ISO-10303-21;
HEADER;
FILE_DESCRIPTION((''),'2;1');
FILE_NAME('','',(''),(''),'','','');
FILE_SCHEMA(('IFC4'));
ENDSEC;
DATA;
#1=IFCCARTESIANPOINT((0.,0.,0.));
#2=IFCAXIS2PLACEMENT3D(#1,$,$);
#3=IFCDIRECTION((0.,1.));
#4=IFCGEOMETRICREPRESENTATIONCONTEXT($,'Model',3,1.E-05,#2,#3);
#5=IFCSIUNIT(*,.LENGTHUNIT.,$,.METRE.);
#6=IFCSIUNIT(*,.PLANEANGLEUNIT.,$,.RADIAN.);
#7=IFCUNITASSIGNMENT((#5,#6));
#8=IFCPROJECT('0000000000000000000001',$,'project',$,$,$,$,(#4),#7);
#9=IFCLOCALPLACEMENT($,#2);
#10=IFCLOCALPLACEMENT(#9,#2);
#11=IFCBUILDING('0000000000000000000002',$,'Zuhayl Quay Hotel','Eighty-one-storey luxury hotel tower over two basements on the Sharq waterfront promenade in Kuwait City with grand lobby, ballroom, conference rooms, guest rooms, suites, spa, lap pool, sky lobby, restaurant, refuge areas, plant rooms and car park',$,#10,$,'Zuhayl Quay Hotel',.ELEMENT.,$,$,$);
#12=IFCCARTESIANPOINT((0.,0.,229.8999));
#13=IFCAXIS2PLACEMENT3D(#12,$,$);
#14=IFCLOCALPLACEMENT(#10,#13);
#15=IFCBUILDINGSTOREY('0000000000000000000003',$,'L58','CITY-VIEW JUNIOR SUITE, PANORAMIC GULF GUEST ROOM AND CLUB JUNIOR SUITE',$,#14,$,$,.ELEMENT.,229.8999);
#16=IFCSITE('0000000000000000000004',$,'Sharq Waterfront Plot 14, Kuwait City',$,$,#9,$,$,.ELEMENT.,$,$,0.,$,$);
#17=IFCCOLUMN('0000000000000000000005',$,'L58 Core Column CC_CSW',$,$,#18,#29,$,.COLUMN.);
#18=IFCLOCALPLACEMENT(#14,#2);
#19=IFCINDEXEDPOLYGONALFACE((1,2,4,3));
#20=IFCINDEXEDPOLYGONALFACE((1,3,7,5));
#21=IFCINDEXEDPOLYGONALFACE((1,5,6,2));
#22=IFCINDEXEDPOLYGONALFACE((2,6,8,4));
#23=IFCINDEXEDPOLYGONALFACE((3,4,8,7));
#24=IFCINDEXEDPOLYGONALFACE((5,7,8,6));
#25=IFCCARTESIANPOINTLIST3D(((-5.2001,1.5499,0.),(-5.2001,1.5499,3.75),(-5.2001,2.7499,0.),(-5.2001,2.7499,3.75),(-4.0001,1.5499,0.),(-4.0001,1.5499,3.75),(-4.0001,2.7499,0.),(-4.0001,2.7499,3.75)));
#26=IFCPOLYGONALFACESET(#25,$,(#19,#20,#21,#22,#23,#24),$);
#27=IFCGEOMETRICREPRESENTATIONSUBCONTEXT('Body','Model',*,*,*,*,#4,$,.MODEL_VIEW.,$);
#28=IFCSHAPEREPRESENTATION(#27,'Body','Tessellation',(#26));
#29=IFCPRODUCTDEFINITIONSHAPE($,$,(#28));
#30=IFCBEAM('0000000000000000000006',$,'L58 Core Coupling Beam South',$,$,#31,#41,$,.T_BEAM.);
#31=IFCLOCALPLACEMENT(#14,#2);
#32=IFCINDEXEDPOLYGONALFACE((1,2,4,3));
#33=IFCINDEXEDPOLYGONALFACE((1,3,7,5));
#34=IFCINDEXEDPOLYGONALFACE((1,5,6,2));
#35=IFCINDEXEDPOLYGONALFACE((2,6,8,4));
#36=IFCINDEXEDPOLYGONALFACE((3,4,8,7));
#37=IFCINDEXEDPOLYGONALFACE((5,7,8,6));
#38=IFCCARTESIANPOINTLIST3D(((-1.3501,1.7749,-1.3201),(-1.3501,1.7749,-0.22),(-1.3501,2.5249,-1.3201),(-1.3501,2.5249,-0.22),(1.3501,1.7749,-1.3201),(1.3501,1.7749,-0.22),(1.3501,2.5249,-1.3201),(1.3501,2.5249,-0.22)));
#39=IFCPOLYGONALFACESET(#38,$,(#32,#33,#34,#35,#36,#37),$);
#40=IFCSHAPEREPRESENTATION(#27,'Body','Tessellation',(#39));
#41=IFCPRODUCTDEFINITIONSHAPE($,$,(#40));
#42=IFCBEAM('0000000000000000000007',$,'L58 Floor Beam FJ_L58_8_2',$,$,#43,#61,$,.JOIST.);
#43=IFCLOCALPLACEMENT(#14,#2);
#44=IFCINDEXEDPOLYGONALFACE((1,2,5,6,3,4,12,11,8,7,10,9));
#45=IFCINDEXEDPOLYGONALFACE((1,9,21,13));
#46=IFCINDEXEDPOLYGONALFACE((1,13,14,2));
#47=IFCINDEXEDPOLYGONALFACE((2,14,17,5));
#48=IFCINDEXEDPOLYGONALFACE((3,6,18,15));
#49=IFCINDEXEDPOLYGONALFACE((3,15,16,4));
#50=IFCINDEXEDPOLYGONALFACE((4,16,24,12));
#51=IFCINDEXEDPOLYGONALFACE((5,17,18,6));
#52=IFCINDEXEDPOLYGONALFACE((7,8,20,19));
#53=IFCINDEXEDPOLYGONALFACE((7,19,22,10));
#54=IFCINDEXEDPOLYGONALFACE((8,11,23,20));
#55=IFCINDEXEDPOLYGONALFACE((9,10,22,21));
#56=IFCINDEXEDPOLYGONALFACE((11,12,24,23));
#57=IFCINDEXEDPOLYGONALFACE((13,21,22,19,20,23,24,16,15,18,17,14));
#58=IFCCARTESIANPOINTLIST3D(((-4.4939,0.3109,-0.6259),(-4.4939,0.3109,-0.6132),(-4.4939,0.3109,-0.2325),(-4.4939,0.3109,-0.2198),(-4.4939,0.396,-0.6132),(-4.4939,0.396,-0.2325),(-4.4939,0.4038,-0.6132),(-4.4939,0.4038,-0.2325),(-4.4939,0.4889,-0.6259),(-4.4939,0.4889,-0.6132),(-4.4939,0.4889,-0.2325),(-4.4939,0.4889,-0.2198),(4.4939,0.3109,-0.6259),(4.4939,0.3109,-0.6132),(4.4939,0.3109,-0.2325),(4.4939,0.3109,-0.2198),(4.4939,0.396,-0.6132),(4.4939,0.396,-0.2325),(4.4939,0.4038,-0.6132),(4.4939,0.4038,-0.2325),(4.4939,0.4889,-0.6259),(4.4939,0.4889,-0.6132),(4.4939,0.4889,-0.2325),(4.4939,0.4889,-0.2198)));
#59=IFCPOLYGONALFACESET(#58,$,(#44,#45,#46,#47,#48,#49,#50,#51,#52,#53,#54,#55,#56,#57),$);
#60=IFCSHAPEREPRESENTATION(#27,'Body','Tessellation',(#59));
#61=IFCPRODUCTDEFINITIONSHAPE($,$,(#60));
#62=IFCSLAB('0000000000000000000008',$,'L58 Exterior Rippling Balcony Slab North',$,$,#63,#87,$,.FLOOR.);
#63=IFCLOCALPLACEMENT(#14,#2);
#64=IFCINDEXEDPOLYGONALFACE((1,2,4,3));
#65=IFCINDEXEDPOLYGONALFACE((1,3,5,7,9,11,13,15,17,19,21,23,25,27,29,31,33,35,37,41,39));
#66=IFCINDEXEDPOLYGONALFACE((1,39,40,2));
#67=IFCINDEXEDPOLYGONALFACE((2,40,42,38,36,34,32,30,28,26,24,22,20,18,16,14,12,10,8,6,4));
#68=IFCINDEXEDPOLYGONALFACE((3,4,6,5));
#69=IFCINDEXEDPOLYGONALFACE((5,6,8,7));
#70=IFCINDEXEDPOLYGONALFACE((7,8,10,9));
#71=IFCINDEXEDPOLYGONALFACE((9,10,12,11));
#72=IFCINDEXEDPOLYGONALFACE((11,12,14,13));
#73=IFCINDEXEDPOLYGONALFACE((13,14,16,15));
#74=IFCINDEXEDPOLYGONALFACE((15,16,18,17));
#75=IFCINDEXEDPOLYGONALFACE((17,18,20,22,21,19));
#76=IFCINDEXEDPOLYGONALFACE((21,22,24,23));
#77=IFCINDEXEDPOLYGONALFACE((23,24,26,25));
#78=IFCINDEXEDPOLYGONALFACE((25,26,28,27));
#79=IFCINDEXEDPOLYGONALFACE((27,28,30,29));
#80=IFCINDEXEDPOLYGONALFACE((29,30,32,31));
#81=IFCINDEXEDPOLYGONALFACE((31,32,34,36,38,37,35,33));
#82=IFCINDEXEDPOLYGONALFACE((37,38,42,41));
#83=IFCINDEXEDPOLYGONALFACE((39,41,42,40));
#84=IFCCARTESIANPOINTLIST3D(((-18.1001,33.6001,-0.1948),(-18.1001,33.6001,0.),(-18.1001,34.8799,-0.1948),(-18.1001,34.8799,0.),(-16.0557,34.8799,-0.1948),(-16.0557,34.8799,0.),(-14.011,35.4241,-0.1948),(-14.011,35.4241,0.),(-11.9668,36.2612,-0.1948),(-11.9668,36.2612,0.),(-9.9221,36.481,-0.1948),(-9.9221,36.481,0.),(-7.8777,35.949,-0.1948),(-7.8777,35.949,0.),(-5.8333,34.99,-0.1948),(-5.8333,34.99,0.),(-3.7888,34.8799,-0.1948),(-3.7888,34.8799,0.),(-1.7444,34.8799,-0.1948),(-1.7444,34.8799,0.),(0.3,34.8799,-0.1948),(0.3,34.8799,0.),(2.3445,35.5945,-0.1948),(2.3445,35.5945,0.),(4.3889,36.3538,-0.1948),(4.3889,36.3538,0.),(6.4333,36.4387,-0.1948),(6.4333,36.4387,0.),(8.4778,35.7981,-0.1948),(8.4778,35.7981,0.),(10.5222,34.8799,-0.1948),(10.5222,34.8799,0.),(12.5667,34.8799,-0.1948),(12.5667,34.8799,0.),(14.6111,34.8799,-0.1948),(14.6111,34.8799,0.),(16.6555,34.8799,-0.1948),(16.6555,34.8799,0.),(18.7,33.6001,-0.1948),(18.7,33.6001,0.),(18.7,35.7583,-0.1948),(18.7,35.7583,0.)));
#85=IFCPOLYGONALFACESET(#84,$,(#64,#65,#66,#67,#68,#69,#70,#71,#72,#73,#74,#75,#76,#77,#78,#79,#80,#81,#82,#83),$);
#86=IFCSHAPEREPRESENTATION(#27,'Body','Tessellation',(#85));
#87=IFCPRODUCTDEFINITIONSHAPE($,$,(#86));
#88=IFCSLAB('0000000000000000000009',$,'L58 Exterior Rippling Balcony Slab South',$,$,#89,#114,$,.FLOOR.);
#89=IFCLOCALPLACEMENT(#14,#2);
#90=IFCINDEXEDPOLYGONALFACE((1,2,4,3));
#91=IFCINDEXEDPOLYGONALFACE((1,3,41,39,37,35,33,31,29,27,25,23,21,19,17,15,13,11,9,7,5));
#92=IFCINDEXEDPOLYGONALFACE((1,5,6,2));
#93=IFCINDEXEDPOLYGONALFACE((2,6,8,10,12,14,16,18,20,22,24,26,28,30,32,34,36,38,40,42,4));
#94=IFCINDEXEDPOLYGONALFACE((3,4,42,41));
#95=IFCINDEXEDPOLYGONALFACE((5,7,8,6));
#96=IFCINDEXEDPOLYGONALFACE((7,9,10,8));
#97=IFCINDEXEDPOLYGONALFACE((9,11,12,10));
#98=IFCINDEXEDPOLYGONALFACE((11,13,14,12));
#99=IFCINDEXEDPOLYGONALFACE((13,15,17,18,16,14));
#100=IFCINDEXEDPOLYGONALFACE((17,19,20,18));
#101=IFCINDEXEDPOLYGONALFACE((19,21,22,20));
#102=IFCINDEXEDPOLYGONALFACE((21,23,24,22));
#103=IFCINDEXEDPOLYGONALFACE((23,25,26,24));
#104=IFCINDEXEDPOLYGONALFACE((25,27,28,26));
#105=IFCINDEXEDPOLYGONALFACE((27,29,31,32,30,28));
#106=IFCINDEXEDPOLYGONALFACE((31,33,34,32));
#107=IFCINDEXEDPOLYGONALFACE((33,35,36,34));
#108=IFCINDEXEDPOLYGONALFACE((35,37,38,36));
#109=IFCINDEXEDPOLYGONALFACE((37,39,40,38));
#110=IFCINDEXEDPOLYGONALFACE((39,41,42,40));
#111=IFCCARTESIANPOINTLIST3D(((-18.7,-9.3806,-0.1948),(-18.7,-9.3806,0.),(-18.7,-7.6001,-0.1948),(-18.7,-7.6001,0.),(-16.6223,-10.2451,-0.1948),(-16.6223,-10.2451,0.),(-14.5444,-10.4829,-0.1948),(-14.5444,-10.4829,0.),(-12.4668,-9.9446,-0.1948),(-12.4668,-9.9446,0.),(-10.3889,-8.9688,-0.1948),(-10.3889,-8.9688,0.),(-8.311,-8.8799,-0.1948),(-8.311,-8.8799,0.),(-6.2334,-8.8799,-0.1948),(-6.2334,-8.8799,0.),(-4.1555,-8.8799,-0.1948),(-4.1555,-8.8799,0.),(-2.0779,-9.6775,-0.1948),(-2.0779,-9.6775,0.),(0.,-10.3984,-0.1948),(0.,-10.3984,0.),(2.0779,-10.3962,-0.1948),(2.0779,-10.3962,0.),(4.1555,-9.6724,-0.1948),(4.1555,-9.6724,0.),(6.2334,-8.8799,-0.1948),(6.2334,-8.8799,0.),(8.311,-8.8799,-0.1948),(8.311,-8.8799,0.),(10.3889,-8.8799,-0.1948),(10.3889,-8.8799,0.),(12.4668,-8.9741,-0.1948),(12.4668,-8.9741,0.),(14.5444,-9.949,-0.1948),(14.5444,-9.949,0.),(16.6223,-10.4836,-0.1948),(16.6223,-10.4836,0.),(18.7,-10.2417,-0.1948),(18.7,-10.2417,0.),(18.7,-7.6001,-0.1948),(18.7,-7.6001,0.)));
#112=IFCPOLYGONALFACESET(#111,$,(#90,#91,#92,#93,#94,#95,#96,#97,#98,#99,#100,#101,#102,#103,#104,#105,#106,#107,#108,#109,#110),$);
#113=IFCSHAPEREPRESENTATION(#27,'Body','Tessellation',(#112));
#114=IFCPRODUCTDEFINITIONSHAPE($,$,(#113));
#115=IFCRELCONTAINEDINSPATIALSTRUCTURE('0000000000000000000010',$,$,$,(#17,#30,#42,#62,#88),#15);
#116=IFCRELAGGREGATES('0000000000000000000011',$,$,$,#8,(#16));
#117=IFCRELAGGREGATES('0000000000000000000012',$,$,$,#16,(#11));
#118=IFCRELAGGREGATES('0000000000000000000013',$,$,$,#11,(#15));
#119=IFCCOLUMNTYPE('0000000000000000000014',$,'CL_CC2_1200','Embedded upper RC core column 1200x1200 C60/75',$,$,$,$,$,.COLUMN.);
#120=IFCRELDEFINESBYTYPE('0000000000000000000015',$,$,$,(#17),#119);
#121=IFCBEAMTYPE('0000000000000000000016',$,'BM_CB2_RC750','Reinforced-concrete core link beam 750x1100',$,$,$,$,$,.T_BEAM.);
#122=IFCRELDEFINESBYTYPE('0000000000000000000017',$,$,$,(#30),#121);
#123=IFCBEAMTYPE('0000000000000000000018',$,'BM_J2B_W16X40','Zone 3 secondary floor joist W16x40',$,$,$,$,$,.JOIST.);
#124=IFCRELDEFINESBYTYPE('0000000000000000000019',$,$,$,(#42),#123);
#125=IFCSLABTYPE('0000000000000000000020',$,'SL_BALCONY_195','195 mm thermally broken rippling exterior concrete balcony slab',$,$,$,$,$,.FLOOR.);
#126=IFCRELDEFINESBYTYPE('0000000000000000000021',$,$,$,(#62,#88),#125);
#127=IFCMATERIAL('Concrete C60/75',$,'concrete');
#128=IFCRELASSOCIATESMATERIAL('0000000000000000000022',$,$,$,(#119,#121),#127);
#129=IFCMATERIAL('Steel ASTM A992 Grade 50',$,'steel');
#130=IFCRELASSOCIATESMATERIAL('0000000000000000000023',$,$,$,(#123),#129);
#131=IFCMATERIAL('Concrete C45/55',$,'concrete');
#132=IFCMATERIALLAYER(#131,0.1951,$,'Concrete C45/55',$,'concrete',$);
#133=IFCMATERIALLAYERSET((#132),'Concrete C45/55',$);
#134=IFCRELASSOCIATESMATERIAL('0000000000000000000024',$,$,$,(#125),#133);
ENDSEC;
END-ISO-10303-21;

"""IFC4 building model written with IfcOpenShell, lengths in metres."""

from ifc_helpers import new_model, si_unit, direction, frame, origin, origin_2d, place, context, subcontext, project, spatial, polyline, rectangle, i_section, outline, extrude, material, layer, layer_set, material_profile, profile_set, type_object, element, save


model = new_model("IFC4")

# Units and contexts
model_context = context("Model", 3, precision=1e-05, world=origin(), true_north=direction((0.0, 1.0)))
body_context = subcontext(model_context, "Body", "Model", "MODEL_VIEW")
ifc_project = project(units=[si_unit("LENGTHUNIT", "METRE"), si_unit("PLANEANGLEUNIT", "RADIAN")], contexts=[model_context])

# Site, building, storey
site_placement = place(None, origin())
site = spatial("IfcSite", under=ifc_project, at=site_placement, Name="Sharq Waterfront Plot 14, Kuwait City", CompositionType="ELEMENT", RefElevation=0.0)
building_placement = place(site_placement, origin())
building = spatial("IfcBuilding", under=site, at=building_placement, Name="Zuhayl Quay Hotel", Description="Eighty-one-storey luxury hotel tower over two basements on the Sharq waterfront promenade in Kuwait City with grand lobby, ballroom, conference rooms, guest rooms, suites, spa, lap pool, sky lobby, restaurant, refuge areas, plant rooms and car park", LongName="Zuhayl Quay Hotel", CompositionType="ELEMENT")
storey_placement = place(building_placement, frame((0.0, 0.0, 229.8999)))
storey = spatial("IfcBuildingStorey", under=building, at=storey_placement, Name="L58", Description="CITY-VIEW JUNIOR SUITE, PANORAMIC GULF GUEST ROOM AND CLUB JUNIOR SUITE", CompositionType="ELEMENT", Elevation=229.8999)

# Column
ifc_material_1 = material(Name="Concrete C60/75", Category="concrete")
ifc_material_profile_1 = material_profile(ifc_material_1, rectangle(XDim=1.2, YDim=1.2, at=origin_2d()), Name="RC1200X1200")
ifc_profile_set_1 = profile_set([ifc_material_profile_1], Name="Concrete C60/75")
column_type = type_object("IfcColumnType", Name="CL_CC2_1200", Description="Embedded upper RC core column 1200x1200 C60/75", PredefinedType="COLUMN", material=ifc_profile_set_1)
column_placement = place(storey_placement, frame((-4.6001, 2.1499, 0.0), z_axis=(0.0, 0.0, 1.0), x_axis=(1.0, 0.0, 0.0)))
element("IfcColumn", 1, at=column_placement, inside=storey, type_object=column_type, Name="L58 Core Column CC_CSW", PredefinedType="COLUMN", context=body_context, shape_type="SweptSolid", body=[
    extrude(rectangle(XDim=1.2, YDim=1.2, at=origin_2d()), origin(), (0.0, 0.0, 1.0), 3.75),
])

# Beams
ifc_material_profile_2 = material_profile(ifc_material_1, rectangle(XDim=0.75, YDim=1.1001, at=origin_2d()), Name="RC750X1100")
ifc_profile_set_2 = profile_set([ifc_material_profile_2], Name="Concrete C60/75")
beam_type_1 = type_object("IfcBeamType", Name="BM_CB2_RC750", Description="Reinforced-concrete core link beam 750x1100", PredefinedType="T_BEAM", material=ifc_profile_set_2)
beam_1_placement = place(storey_placement, frame((-1.3501, 2.1499, -0.77), z_axis=(1.0, 0.0, 0.0), x_axis=(0.0, 1.0, 0.0)))
element("IfcBeam", 2, at=beam_1_placement, inside=storey, type_object=beam_type_1, Name="L58 Core Coupling Beam South", PredefinedType="T_BEAM", context=body_context, shape_type="SweptSolid", body=[
    extrude(rectangle(XDim=0.75, YDim=1.1001, at=origin_2d()), origin(), (0.0, 0.0, 1.0), 2.7002),
])
ifc_material_2 = material(Name="Steel ASTM A992 Grade 50", Category="steel")
ifc_material_profile_3 = material_profile(ifc_material_2, i_section(OverallWidth=0.178, OverallDepth=0.406, WebThickness=0.0078, FlangeThickness=0.0127, at=origin_2d()), Name="W16X40")
ifc_profile_set_3 = profile_set([ifc_material_profile_3], Name="Steel ASTM A992 Grade 50")
beam_type_2 = type_object("IfcBeamType", Name="BM_J2B_W16X40", Description="Zone 3 secondary floor joist W16x40", PredefinedType="JOIST", material=ifc_profile_set_3)
beam_2_placement = place(storey_placement, frame((-4.4939, 0.3999, -0.4229), z_axis=(1.0, 0.0, 0.0), x_axis=(0.0, 1.0, 0.0)))
element("IfcBeam", 3, at=beam_2_placement, inside=storey, type_object=beam_type_2, Name="L58 Floor Beam FJ_L58_8_2", PredefinedType="JOIST", context=body_context, shape_type="SweptSolid", body=[
    extrude(i_section(OverallWidth=0.178, OverallDepth=0.406, WebThickness=0.0078, FlangeThickness=0.0127, at=origin_2d()), origin(), (0.0, 0.0, 1.0), 8.9878),
])

# Slabs
ifc_material_3 = material(Name="Concrete C45/55", Category="concrete")
ifc_layer_1 = layer(ifc_material_3, 0.1951, Name="Concrete C45/55", Category="concrete")
ifc_layer_set_1 = layer_set([ifc_layer_1], Name="Concrete C45/55")
slab_type_1 = type_object("IfcSlabType", Name="SL_BALCONY_195", Description="195 mm thermally broken rippling exterior concrete balcony slab", PredefinedType="FLOOR", material=ifc_layer_set_1)
slab_1_placement = place(storey_placement, frame((0.0, 0.0, -0.1948)))
element("IfcSlab", 4, at=slab_1_placement, inside=storey, type_object=slab_type_1, Name="L58 Exterior Rippling Balcony Slab North", PredefinedType="FLOOR", context=body_context, shape_type="SweptSolid", body=[
    extrude(outline(polyline([(-18.1001, 33.6001), (18.7, 33.6001), (18.7, 35.7583), (16.6555, 34.8799), (14.6111, 34.8799), (12.5667, 34.8799), (10.5222, 34.8799), (8.4778, 35.7981), (6.4333, 36.4387), (4.3889, 36.3538), (2.3445, 35.5945), (0.3, 34.8799), (-1.7444, 34.8799), (-3.7888, 34.8799), (-5.8333, 34.99), (-7.8777, 35.949), (-9.9221, 36.481), (-11.9668, 36.2612), (-14.011, 35.4241), (-16.0557, 34.8799), (-18.1001, 34.8799), (-18.1001, 33.6001)])), origin(), (0.0, 0.0, 1.0), 0.1948),
])
slab_2_placement = place(storey_placement, frame((0.0, 0.0, -0.1948)))
element("IfcSlab", 5, at=slab_2_placement, inside=storey, type_object=slab_type_1, Name="L58 Exterior Rippling Balcony Slab South", PredefinedType="FLOOR", context=body_context, shape_type="SweptSolid", body=[
    extrude(outline(polyline([(-18.7, -9.3806), (-16.6223, -10.2451), (-14.5444, -10.4829), (-12.4668, -9.9446), (-10.3889, -8.9688), (-8.311, -8.8799), (-6.2334, -8.8799), (-4.1555, -8.8799), (-2.0779, -9.6775), (0.0, -10.3984), (2.0779, -10.3962), (4.1555, -9.6724), (6.2334, -8.8799), (8.311, -8.8799), (10.3889, -8.8799), (12.4668, -8.9741), (14.5444, -9.949), (16.6223, -10.4836), (18.7, -10.2417), (18.7, -7.6001), (-18.7, -7.6001), (-18.7, -9.3806)])), origin(), (0.0, 0.0, 1.0), 0.1948),
])

save(model, "model.ifc")
